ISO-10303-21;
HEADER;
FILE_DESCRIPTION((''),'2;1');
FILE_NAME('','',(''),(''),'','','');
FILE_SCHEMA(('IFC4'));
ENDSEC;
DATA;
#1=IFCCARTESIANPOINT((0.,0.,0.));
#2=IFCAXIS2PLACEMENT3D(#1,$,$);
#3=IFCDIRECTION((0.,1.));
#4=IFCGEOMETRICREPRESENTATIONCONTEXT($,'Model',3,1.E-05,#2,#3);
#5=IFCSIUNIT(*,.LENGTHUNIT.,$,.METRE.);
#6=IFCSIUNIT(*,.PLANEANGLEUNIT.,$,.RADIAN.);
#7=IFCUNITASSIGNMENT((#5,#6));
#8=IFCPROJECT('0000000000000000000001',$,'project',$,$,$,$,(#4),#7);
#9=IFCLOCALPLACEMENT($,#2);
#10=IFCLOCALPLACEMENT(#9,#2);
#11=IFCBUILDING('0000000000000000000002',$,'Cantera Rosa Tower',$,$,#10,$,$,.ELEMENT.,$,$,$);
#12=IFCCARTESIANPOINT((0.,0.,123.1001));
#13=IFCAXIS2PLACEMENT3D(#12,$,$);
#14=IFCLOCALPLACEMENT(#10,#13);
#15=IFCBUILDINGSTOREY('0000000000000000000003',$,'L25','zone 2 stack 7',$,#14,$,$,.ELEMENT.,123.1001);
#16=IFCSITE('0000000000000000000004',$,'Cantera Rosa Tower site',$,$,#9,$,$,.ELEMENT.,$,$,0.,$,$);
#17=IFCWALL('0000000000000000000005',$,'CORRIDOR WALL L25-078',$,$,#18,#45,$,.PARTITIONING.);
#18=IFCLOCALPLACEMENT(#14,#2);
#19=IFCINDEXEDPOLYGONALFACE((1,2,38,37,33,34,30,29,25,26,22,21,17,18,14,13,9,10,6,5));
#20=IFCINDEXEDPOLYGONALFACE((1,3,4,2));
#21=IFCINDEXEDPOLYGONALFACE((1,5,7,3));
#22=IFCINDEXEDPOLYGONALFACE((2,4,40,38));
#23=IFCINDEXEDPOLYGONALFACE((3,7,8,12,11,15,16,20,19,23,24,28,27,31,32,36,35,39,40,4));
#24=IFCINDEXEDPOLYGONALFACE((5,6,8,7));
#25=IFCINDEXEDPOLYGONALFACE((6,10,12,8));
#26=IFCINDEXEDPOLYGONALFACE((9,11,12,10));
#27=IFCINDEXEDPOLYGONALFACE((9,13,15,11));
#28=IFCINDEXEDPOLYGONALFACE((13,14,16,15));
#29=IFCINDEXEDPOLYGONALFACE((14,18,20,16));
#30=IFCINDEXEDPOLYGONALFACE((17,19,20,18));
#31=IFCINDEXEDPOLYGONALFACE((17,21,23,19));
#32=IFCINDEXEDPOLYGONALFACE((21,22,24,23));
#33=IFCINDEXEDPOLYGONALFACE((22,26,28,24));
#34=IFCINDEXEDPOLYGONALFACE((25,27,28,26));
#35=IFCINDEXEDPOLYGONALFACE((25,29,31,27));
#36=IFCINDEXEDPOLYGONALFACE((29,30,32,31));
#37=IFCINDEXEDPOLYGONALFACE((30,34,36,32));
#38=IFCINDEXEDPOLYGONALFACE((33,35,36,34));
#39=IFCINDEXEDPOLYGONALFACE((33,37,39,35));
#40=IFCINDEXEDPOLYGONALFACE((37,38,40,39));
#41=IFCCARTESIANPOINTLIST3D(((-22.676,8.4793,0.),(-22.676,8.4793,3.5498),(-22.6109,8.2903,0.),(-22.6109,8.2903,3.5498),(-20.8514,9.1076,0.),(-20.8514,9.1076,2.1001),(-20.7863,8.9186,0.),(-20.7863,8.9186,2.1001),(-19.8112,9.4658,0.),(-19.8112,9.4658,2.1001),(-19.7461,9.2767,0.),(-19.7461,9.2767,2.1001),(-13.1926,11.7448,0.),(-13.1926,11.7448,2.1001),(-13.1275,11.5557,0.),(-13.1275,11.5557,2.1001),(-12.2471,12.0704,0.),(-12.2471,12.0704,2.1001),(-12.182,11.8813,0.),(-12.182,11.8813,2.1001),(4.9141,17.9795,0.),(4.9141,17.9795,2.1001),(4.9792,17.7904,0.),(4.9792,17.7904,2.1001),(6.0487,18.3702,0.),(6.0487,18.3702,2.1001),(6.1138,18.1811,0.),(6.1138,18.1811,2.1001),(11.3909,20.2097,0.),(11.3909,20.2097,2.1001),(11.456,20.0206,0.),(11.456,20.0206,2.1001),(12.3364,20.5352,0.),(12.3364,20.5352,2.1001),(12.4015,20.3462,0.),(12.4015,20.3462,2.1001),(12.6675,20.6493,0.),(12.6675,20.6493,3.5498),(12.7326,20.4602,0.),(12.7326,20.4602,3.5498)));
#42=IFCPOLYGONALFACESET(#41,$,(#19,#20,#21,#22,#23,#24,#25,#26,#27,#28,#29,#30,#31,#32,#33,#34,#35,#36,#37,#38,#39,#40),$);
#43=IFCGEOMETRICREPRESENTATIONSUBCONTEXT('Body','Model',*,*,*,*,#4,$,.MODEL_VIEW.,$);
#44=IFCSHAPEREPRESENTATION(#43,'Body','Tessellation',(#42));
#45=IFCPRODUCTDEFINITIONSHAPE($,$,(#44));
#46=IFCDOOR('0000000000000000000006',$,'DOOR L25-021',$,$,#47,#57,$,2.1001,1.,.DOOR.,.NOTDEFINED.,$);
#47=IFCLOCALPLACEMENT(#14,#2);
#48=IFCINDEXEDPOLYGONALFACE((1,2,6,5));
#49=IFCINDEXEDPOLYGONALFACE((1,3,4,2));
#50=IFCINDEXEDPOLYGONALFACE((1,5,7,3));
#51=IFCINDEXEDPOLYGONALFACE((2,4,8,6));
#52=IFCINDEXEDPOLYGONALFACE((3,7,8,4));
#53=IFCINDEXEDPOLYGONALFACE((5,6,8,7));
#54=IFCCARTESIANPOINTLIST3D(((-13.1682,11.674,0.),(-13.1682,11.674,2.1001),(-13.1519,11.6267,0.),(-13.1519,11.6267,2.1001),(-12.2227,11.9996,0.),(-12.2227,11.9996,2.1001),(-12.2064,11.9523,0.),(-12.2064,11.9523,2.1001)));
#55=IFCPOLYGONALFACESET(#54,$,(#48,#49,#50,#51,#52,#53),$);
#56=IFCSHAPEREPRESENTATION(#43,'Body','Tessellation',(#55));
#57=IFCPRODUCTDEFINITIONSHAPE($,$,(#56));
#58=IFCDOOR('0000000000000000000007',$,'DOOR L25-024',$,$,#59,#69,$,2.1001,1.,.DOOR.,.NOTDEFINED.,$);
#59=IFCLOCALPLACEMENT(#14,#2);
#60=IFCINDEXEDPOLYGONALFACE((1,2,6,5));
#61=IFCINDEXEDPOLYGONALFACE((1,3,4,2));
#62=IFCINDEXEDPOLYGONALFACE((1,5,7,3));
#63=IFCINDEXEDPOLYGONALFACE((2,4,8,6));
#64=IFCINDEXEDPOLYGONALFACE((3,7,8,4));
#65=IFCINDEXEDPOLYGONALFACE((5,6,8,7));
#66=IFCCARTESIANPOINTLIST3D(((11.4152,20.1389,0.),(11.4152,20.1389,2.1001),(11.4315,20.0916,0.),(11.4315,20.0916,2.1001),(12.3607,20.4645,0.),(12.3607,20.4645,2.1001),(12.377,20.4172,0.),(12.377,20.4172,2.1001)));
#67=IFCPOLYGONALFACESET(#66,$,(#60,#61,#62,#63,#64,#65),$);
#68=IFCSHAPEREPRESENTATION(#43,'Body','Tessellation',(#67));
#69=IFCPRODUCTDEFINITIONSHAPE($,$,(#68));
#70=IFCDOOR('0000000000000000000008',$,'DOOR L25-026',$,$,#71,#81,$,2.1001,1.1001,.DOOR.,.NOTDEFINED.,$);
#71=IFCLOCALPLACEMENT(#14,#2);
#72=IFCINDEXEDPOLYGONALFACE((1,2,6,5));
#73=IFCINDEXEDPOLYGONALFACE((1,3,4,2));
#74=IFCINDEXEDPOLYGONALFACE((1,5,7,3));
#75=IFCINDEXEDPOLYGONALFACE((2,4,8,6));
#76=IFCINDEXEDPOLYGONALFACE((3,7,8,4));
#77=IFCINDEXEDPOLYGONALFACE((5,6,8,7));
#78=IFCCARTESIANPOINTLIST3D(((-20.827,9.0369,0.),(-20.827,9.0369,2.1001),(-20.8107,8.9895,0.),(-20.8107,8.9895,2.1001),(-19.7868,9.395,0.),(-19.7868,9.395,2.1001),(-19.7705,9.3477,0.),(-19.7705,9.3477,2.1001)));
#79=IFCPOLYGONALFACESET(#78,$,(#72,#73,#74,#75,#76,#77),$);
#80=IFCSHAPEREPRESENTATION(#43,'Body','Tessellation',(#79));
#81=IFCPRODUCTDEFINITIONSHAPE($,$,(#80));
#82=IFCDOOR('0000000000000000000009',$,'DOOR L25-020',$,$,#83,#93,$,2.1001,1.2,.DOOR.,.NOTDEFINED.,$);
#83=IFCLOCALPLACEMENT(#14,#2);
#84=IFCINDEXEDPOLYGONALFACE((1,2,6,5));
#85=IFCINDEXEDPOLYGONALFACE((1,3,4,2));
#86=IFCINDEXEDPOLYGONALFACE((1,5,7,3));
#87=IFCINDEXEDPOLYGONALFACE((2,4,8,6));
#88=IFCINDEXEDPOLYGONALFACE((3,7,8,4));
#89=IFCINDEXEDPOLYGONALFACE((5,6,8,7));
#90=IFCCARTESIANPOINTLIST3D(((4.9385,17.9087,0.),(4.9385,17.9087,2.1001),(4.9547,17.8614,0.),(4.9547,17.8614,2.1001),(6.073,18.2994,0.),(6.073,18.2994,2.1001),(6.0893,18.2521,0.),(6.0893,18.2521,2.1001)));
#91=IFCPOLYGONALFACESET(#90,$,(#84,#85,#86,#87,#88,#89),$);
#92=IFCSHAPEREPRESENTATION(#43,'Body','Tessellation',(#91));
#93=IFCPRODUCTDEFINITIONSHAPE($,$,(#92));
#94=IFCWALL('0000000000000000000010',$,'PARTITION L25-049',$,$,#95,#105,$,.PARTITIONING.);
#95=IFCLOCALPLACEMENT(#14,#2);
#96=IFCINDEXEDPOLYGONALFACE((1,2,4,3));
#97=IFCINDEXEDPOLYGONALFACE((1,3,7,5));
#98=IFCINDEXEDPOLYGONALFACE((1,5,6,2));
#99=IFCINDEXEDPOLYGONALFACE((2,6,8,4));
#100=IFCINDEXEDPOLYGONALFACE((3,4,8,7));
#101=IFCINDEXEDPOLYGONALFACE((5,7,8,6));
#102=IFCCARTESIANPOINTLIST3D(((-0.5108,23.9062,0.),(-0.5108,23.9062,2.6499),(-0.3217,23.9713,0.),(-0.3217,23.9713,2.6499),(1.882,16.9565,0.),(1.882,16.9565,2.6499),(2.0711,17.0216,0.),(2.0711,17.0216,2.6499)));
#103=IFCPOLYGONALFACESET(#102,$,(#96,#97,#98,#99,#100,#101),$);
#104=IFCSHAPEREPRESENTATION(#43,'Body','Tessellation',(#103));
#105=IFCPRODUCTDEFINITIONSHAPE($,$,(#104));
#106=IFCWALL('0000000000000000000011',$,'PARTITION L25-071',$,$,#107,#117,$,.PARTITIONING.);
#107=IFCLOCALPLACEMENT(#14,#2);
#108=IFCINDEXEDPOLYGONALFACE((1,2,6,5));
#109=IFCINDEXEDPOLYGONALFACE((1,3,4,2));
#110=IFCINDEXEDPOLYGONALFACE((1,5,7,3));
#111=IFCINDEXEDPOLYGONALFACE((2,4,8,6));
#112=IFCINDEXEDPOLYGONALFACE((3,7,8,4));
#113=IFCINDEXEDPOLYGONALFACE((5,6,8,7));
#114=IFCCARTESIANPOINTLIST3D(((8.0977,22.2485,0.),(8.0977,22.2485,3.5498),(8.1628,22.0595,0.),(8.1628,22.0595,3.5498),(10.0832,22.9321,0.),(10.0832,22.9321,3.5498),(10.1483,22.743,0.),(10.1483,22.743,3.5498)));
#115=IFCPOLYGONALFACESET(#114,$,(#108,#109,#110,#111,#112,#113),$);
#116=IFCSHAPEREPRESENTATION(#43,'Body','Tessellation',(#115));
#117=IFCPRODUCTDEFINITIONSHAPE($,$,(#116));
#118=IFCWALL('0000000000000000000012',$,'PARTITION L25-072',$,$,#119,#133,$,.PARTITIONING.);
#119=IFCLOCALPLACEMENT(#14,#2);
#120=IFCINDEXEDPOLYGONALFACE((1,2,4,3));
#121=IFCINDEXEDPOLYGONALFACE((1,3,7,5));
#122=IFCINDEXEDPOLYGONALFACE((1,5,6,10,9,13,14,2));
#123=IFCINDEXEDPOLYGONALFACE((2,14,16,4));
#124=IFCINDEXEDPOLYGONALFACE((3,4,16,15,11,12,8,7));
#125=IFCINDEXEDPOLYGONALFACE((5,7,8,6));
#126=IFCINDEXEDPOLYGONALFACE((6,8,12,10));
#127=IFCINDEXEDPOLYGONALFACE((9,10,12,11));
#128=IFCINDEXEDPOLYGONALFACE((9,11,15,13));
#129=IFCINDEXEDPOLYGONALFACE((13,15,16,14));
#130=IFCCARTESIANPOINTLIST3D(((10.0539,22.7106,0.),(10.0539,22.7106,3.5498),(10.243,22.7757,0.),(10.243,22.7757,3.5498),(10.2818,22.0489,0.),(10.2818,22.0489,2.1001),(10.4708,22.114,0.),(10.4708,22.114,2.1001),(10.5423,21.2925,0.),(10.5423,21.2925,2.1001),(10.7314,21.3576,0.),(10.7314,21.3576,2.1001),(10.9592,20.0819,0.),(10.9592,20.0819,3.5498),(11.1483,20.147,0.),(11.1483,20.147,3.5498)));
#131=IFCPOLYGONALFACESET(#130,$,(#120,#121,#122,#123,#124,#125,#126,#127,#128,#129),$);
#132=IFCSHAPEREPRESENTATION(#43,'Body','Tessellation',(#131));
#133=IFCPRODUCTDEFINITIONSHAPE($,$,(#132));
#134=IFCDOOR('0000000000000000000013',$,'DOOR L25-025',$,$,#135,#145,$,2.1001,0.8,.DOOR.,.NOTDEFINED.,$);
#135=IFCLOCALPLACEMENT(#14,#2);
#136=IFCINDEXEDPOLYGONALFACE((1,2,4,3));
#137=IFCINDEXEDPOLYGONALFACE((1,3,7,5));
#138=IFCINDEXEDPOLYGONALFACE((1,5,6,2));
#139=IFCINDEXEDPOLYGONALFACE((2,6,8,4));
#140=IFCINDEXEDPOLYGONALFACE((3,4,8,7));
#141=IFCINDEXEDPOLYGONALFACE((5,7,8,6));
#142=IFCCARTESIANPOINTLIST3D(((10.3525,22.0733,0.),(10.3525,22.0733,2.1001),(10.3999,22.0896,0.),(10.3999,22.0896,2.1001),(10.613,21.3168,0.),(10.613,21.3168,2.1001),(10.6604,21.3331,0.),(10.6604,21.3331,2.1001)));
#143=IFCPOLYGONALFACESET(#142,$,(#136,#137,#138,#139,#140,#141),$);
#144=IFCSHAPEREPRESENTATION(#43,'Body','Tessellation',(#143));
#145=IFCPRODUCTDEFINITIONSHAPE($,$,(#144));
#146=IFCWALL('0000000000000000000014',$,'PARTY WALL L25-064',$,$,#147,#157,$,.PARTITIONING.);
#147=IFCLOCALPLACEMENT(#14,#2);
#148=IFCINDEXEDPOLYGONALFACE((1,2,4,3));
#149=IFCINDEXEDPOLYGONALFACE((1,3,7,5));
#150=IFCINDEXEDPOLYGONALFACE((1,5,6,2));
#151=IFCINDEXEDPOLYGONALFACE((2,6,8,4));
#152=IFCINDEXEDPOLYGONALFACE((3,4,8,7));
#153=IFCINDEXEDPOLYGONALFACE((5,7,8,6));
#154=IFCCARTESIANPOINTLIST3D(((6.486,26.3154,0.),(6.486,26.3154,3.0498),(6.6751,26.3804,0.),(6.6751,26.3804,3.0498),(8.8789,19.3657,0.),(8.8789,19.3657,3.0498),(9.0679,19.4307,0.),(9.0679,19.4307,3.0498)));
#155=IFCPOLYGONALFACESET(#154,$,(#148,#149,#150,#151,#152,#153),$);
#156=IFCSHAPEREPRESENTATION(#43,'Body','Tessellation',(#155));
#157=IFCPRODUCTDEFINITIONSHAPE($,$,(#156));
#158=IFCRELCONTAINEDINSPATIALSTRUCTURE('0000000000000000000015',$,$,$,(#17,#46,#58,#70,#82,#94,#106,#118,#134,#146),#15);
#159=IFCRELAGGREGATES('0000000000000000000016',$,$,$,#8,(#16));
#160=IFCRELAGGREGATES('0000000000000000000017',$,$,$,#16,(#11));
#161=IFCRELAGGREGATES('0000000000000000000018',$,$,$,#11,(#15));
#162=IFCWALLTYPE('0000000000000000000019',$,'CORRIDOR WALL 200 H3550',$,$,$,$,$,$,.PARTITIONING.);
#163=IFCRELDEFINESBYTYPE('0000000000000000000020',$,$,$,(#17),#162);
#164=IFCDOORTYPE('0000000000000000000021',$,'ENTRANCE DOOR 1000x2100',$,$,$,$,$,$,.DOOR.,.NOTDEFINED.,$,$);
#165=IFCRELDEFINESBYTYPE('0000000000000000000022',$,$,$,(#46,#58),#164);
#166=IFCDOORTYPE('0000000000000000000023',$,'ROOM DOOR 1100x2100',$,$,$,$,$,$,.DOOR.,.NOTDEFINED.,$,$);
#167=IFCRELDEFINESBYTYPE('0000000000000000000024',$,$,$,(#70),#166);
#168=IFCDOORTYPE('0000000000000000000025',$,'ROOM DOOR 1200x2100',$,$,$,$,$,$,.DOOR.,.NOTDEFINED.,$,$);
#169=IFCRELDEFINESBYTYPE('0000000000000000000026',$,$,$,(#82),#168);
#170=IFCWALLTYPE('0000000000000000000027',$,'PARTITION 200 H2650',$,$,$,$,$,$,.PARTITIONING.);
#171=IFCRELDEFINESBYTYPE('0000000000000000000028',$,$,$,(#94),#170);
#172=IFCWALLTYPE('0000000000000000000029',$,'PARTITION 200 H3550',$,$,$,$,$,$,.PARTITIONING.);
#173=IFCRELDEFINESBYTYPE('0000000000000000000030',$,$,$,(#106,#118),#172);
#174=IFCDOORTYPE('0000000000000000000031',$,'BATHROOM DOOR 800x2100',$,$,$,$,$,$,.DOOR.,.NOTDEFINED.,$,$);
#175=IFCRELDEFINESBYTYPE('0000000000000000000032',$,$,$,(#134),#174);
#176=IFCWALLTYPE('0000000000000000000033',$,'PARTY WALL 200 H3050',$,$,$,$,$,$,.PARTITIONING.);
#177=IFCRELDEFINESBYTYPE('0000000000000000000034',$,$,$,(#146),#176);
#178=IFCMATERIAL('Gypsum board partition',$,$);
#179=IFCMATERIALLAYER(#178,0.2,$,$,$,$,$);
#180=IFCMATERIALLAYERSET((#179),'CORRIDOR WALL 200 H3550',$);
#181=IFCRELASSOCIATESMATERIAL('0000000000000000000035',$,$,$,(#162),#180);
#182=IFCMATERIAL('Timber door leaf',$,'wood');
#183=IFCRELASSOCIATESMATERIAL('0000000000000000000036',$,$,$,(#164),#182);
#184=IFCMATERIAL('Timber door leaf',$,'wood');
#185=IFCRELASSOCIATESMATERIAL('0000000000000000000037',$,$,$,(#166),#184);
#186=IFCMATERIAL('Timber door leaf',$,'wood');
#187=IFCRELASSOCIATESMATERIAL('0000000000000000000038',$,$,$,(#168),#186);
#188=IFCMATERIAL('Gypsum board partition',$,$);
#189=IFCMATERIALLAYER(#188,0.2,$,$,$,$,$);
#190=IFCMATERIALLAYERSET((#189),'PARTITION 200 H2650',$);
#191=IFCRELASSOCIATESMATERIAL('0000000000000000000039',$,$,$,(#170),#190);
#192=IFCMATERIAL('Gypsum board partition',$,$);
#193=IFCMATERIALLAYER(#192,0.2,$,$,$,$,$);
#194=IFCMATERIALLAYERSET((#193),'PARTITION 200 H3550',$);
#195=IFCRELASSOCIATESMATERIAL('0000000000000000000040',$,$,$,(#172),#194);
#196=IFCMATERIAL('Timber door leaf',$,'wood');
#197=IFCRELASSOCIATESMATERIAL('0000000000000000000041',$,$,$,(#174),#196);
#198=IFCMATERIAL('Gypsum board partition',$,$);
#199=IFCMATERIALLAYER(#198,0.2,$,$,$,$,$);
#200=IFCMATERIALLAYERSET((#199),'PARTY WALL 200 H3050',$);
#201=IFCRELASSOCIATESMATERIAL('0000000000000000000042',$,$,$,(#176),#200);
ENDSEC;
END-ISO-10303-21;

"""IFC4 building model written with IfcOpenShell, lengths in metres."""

from ifc_helpers import new_model, si_unit, direction, frame, frame_2d, origin, place, context, subcontext, project, spatial, rectangle, extrude, material, layer, layer_set, type_object, element, fill, save


model = new_model("IFC4")

# Units and contexts
model_context = context("Model", 3, precision=1e-05, world=origin(), true_north=direction((0.0, 1.0)))
body_context = subcontext(model_context, "Body", "Model", "MODEL_VIEW")
ifc_project = project(units=[si_unit("LENGTHUNIT", "METRE"), si_unit("PLANEANGLEUNIT", "RADIAN")], contexts=[model_context])

# Site, building, storey
site_placement = place(None, origin())
site = spatial("IfcSite", under=ifc_project, at=site_placement, Name="Cantera Rosa Tower site", CompositionType="ELEMENT", RefElevation=0.0)
building_placement = place(site_placement, origin())
building = spatial("IfcBuilding", under=site, at=building_placement, Name="Cantera Rosa Tower", CompositionType="ELEMENT")
storey_placement = place(building_placement, frame((0.0, 0.0, 123.1001)))
storey = spatial("IfcBuildingStorey", under=building, at=storey_placement, Name="L25", Description="zone 2 stack 7", CompositionType="ELEMENT", Elevation=123.1001)

# Shared definitions
ifc_material_1 = material(Name="Gypsum board partition")
ifc_layer_1 = layer(ifc_material_1, 0.2)
ifc_layer_set_1 = layer_set([ifc_layer_1], Name="CORRIDOR WALL 200 H3550")
wall_type_1 = type_object("IfcWallType", Name="CORRIDOR WALL 200 H3550", PredefinedType="PARTITIONING", material=ifc_layer_set_1)

# Wall, openings, doors
wall_1_placement = place(storey_placement, frame((12.7, 20.5547, 0.0), z_axis=(0.0, 0.0, 1.0), x_axis=(-0.945517, -0.325572, 0.0)))
wall_1 = element("IfcWall", 1, at=wall_1_placement, inside=storey, type_object=wall_type_1, Name="CORRIDOR WALL L25-078", PredefinedType="PARTITIONING", context=body_context, shape_type="SweptSolid", body=[
    extrude(rectangle(XDim=37.3801, YDim=0.2, at=frame_2d((18.6899, 0.0))), origin(), (0.0, 0.0, 1.0), 3.5498),
])
opening_1_placement = place(wall_1_placement, frame((7.0, 0.0, 0.0)))
opening_1 = element("IfcOpeningElement", 2, at=opening_1_placement, cuts=wall_1, PredefinedType="OPENING", context=body_context, shape_type="SweptSolid", body=[
    extrude(rectangle(XDim=1.2, YDim=2.1001, at=frame_2d((0.6001, 1.05))), frame((0.0, 0.1099, 0.0), z_axis=(0.0, -1.0, 0.0), x_axis=(1.0, 0.0, 0.0)), (0.0, 0.0, 1.0), 0.22),
])
opening_2_placement = place(wall_1_placement, frame((26.3501, 0.0, 0.0)))
opening_2 = element("IfcOpeningElement", 3, at=opening_2_placement, cuts=wall_1, PredefinedType="OPENING", context=body_context, shape_type="SweptSolid", body=[
    extrude(rectangle(XDim=1.0, YDim=2.1001, at=frame_2d((0.5, 1.05))), frame((0.0, 0.1099, 0.0), z_axis=(0.0, -1.0, 0.0), x_axis=(1.0, 0.0, 0.0)), (0.0, 0.0, 1.0), 0.22),
])
opening_3_placement = place(wall_1_placement, frame((0.3501, 0.0, 0.0)))
opening_3 = element("IfcOpeningElement", 4, at=opening_3_placement, cuts=wall_1, PredefinedType="OPENING", context=body_context, shape_type="SweptSolid", body=[
    extrude(rectangle(XDim=1.0, YDim=2.1001, at=frame_2d((0.5, 1.05))), frame((0.0, 0.1099, 0.0), z_axis=(0.0, -1.0, 0.0), x_axis=(1.0, 0.0, 0.0)), (0.0, 0.0, 1.0), 0.22),
])
opening_4_placement = place(wall_1_placement, frame((34.3501, 0.0, 0.0)))
opening_4 = element("IfcOpeningElement", 5, at=opening_4_placement, cuts=wall_1, PredefinedType="OPENING", context=body_context, shape_type="SweptSolid", body=[
    extrude(rectangle(XDim=1.1001, YDim=2.1001, at=frame_2d((0.55, 1.05))), frame((0.0, 0.1099, 0.0), z_axis=(0.0, -1.0, 0.0), x_axis=(1.0, 0.0, 0.0)), (0.0, 0.0, 1.0), 0.22),
])
ifc_material_2 = material(Name="Timber door leaf", Category="wood")
door_type_1 = type_object("IfcDoorType", Name="ENTRANCE DOOR 1000x2100", OperationType="NOTDEFINED", PredefinedType="DOOR", material=ifc_material_2)
door_1_placement = place(opening_2_placement, origin())
door_1 = element("IfcDoor", 6, at=door_1_placement, inside=storey, type_object=door_type_1, Name="DOOR L25-021", OperationType="NOTDEFINED", OverallHeight=2.1001, OverallWidth=1.0, PredefinedType="DOOR", context=body_context, shape_type="SweptSolid", body=[
    extrude(rectangle(XDim=1.0, YDim=2.1001, at=frame_2d((0.5, 1.05))), frame((0.0, 0.0249, 0.0), z_axis=(0.0, -1.0, 0.0), x_axis=(1.0, 0.0, 0.0)), (0.0, 0.0, 1.0), 0.05),
])
fill(opening_2, door_1)
door_2_placement = place(opening_3_placement, origin())
door_2 = element("IfcDoor", 7, at=door_2_placement, inside=storey, type_object=door_type_1, Name="DOOR L25-024", OperationType="NOTDEFINED", OverallHeight=2.1001, OverallWidth=1.0, PredefinedType="DOOR", context=body_context, shape_type="SweptSolid", body=[
    extrude(rectangle(XDim=1.0, YDim=2.1001, at=frame_2d((0.5, 1.05))), frame((0.0, 0.0249, 0.0), z_axis=(0.0, -1.0, 0.0), x_axis=(1.0, 0.0, 0.0)), (0.0, 0.0, 1.0), 0.05),
])
fill(opening_3, door_2)
ifc_material_3 = material(Name="Timber door leaf", Category="wood")
door_type_2 = type_object("IfcDoorType", Name="ROOM DOOR 1100x2100", OperationType="NOTDEFINED", PredefinedType="DOOR", material=ifc_material_3)
door_3_placement = place(opening_4_placement, origin())
door_3 = element("IfcDoor", 8, at=door_3_placement, inside=storey, type_object=door_type_2, Name="DOOR L25-026", OperationType="NOTDEFINED", OverallHeight=2.1001, OverallWidth=1.1001, PredefinedType="DOOR", context=body_context, shape_type="SweptSolid", body=[
    extrude(rectangle(XDim=1.1001, YDim=2.1001, at=frame_2d((0.55, 1.05))), frame((0.0, 0.0249, 0.0), z_axis=(0.0, -1.0, 0.0), x_axis=(1.0, 0.0, 0.0)), (0.0, 0.0, 1.0), 0.05),
])
fill(opening_4, door_3)
ifc_material_4 = material(Name="Timber door leaf", Category="wood")
door_type_3 = type_object("IfcDoorType", Name="ROOM DOOR 1200x2100", OperationType="NOTDEFINED", PredefinedType="DOOR", material=ifc_material_4)
door_4_placement = place(opening_1_placement, origin())
door_4 = element("IfcDoor", 9, at=door_4_placement, inside=storey, type_object=door_type_3, Name="DOOR L25-020", OperationType="NOTDEFINED", OverallHeight=2.1001, OverallWidth=1.2, PredefinedType="DOOR", context=body_context, shape_type="SweptSolid", body=[
    extrude(rectangle(XDim=1.2, YDim=2.1001, at=frame_2d((0.6001, 1.05))), frame((0.0, 0.0249, 0.0), z_axis=(0.0, -1.0, 0.0), x_axis=(1.0, 0.0, 0.0)), (0.0, 0.0, 1.0), 0.05),
])
fill(opening_1, door_4)

# Walls
ifc_material_5 = material(Name="Gypsum board partition")
ifc_layer_2 = layer(ifc_material_5, 0.2)
ifc_layer_set_2 = layer_set([ifc_layer_2], Name="PARTITION 200 H2650")
wall_type_2 = type_object("IfcWallType", Name="PARTITION 200 H2650", PredefinedType="PARTITIONING", material=ifc_layer_set_2)
wall_2_placement = place(storey_placement, frame((1.9766, 16.989, 0.0), z_axis=(0.0, 0.0, 1.0), x_axis=(-0.325549, 0.945525, 0.0)))
element("IfcWall", 10, at=wall_2_placement, inside=storey, type_object=wall_type_2, Name="PARTITION L25-049", PredefinedType="PARTITIONING", context=body_context, shape_type="SweptSolid", body=[
    extrude(rectangle(XDim=7.3501, YDim=0.2, at=frame_2d((3.675, 0.0))), origin(), (0.0, 0.0, 1.0), 2.6499),
])
ifc_material_6 = material(Name="Gypsum board partition")
ifc_layer_3 = layer(ifc_material_6, 0.2)
ifc_layer_set_3 = layer_set([ifc_layer_3], Name="PARTITION 200 H3550")
wall_type_3 = type_object("IfcWallType", Name="PARTITION 200 H3550", PredefinedType="PARTITIONING", material=ifc_layer_set_3)
wall_3_placement = place(storey_placement, frame((8.1304, 22.1541, 0.0), z_axis=(0.0, 0.0, 1.0), x_axis=(0.945533, 0.325525, 0.0)))
element("IfcWall", 11, at=wall_3_placement, inside=storey, type_object=wall_type_3, Name="PARTITION L25-071", PredefinedType="PARTITIONING", context=body_context, shape_type="SweptSolid", body=[
    extrude(rectangle(XDim=2.0999, YDim=0.2, at=frame_2d((1.0498, 0.0))), origin(), (0.0, 0.0, 1.0), 3.5498),
])

# Wall, opening, door
wall_4_placement = place(storey_placement, frame((10.1484, 22.7432, 0.0), z_axis=(0.0, 0.0, 1.0), x_axis=(0.325617, -0.945502, 0.0)))
wall_4 = element("IfcWall", 12, at=wall_4_placement, inside=storey, type_object=wall_type_3, Name="PARTITION L25-072", PredefinedType="PARTITIONING", context=body_context, shape_type="SweptSolid", body=[
    extrude(rectangle(XDim=2.7803, YDim=0.2, at=frame_2d((1.3901, 0.0))), origin(), (0.0, 0.0, 1.0), 3.5498),
])
opening_5_placement = place(wall_4_placement, frame((0.7, 0.0, 0.0)))
opening_5 = element("IfcOpeningElement", 13, at=opening_5_placement, cuts=wall_4, PredefinedType="OPENING", context=body_context, shape_type="SweptSolid", body=[
    extrude(rectangle(XDim=0.8, YDim=2.1001, at=frame_2d((0.3999, 1.05))), frame((0.0, 0.1099, 0.0), z_axis=(0.0, -1.0, 0.0), x_axis=(1.0, 0.0, 0.0)), (0.0, 0.0, 1.0), 0.22),
])
ifc_material_7 = material(Name="Timber door leaf", Category="wood")
door_type_4 = type_object("IfcDoorType", Name="BATHROOM DOOR 800x2100", OperationType="NOTDEFINED", PredefinedType="DOOR", material=ifc_material_7)
door_5_placement = place(opening_5_placement, origin())
door_5 = element("IfcDoor", 14, at=door_5_placement, inside=storey, type_object=door_type_4, Name="DOOR L25-025", OperationType="NOTDEFINED", OverallHeight=2.1001, OverallWidth=0.8, PredefinedType="DOOR", context=body_context, shape_type="SweptSolid", body=[
    extrude(rectangle(XDim=0.8, YDim=2.1001, at=frame_2d((0.3999, 1.05))), frame((0.0, 0.0249, 0.0), z_axis=(0.0, -1.0, 0.0), x_axis=(1.0, 0.0, 0.0)), (0.0, 0.0, 1.0), 0.05),
])
fill(opening_5, door_5)

# Wall
ifc_material_8 = material(Name="Gypsum board partition")
ifc_layer_4 = layer(ifc_material_8, 0.2)
ifc_layer_set_4 = layer_set([ifc_layer_4], Name="PARTY WALL 200 H3050")
wall_type_4 = type_object("IfcWallType", Name="PARTY WALL 200 H3050", PredefinedType="PARTITIONING", material=ifc_layer_set_4)
wall_5_placement = place(storey_placement, frame((6.5806, 26.3479, 0.0), z_axis=(0.0, 0.0, 1.0), x_axis=(0.325549, -0.945525, 0.0)))
element("IfcWall", 15, at=wall_5_placement, inside=storey, type_object=wall_type_4, Name="PARTY WALL L25-064", PredefinedType="PARTITIONING", context=body_context, shape_type="SweptSolid", body=[
    extrude(rectangle(XDim=7.3501, YDim=0.2, at=frame_2d((3.675, 0.0))), origin(), (0.0, 0.0, 1.0), 3.0498),
])

save(model, "model.ifc")
